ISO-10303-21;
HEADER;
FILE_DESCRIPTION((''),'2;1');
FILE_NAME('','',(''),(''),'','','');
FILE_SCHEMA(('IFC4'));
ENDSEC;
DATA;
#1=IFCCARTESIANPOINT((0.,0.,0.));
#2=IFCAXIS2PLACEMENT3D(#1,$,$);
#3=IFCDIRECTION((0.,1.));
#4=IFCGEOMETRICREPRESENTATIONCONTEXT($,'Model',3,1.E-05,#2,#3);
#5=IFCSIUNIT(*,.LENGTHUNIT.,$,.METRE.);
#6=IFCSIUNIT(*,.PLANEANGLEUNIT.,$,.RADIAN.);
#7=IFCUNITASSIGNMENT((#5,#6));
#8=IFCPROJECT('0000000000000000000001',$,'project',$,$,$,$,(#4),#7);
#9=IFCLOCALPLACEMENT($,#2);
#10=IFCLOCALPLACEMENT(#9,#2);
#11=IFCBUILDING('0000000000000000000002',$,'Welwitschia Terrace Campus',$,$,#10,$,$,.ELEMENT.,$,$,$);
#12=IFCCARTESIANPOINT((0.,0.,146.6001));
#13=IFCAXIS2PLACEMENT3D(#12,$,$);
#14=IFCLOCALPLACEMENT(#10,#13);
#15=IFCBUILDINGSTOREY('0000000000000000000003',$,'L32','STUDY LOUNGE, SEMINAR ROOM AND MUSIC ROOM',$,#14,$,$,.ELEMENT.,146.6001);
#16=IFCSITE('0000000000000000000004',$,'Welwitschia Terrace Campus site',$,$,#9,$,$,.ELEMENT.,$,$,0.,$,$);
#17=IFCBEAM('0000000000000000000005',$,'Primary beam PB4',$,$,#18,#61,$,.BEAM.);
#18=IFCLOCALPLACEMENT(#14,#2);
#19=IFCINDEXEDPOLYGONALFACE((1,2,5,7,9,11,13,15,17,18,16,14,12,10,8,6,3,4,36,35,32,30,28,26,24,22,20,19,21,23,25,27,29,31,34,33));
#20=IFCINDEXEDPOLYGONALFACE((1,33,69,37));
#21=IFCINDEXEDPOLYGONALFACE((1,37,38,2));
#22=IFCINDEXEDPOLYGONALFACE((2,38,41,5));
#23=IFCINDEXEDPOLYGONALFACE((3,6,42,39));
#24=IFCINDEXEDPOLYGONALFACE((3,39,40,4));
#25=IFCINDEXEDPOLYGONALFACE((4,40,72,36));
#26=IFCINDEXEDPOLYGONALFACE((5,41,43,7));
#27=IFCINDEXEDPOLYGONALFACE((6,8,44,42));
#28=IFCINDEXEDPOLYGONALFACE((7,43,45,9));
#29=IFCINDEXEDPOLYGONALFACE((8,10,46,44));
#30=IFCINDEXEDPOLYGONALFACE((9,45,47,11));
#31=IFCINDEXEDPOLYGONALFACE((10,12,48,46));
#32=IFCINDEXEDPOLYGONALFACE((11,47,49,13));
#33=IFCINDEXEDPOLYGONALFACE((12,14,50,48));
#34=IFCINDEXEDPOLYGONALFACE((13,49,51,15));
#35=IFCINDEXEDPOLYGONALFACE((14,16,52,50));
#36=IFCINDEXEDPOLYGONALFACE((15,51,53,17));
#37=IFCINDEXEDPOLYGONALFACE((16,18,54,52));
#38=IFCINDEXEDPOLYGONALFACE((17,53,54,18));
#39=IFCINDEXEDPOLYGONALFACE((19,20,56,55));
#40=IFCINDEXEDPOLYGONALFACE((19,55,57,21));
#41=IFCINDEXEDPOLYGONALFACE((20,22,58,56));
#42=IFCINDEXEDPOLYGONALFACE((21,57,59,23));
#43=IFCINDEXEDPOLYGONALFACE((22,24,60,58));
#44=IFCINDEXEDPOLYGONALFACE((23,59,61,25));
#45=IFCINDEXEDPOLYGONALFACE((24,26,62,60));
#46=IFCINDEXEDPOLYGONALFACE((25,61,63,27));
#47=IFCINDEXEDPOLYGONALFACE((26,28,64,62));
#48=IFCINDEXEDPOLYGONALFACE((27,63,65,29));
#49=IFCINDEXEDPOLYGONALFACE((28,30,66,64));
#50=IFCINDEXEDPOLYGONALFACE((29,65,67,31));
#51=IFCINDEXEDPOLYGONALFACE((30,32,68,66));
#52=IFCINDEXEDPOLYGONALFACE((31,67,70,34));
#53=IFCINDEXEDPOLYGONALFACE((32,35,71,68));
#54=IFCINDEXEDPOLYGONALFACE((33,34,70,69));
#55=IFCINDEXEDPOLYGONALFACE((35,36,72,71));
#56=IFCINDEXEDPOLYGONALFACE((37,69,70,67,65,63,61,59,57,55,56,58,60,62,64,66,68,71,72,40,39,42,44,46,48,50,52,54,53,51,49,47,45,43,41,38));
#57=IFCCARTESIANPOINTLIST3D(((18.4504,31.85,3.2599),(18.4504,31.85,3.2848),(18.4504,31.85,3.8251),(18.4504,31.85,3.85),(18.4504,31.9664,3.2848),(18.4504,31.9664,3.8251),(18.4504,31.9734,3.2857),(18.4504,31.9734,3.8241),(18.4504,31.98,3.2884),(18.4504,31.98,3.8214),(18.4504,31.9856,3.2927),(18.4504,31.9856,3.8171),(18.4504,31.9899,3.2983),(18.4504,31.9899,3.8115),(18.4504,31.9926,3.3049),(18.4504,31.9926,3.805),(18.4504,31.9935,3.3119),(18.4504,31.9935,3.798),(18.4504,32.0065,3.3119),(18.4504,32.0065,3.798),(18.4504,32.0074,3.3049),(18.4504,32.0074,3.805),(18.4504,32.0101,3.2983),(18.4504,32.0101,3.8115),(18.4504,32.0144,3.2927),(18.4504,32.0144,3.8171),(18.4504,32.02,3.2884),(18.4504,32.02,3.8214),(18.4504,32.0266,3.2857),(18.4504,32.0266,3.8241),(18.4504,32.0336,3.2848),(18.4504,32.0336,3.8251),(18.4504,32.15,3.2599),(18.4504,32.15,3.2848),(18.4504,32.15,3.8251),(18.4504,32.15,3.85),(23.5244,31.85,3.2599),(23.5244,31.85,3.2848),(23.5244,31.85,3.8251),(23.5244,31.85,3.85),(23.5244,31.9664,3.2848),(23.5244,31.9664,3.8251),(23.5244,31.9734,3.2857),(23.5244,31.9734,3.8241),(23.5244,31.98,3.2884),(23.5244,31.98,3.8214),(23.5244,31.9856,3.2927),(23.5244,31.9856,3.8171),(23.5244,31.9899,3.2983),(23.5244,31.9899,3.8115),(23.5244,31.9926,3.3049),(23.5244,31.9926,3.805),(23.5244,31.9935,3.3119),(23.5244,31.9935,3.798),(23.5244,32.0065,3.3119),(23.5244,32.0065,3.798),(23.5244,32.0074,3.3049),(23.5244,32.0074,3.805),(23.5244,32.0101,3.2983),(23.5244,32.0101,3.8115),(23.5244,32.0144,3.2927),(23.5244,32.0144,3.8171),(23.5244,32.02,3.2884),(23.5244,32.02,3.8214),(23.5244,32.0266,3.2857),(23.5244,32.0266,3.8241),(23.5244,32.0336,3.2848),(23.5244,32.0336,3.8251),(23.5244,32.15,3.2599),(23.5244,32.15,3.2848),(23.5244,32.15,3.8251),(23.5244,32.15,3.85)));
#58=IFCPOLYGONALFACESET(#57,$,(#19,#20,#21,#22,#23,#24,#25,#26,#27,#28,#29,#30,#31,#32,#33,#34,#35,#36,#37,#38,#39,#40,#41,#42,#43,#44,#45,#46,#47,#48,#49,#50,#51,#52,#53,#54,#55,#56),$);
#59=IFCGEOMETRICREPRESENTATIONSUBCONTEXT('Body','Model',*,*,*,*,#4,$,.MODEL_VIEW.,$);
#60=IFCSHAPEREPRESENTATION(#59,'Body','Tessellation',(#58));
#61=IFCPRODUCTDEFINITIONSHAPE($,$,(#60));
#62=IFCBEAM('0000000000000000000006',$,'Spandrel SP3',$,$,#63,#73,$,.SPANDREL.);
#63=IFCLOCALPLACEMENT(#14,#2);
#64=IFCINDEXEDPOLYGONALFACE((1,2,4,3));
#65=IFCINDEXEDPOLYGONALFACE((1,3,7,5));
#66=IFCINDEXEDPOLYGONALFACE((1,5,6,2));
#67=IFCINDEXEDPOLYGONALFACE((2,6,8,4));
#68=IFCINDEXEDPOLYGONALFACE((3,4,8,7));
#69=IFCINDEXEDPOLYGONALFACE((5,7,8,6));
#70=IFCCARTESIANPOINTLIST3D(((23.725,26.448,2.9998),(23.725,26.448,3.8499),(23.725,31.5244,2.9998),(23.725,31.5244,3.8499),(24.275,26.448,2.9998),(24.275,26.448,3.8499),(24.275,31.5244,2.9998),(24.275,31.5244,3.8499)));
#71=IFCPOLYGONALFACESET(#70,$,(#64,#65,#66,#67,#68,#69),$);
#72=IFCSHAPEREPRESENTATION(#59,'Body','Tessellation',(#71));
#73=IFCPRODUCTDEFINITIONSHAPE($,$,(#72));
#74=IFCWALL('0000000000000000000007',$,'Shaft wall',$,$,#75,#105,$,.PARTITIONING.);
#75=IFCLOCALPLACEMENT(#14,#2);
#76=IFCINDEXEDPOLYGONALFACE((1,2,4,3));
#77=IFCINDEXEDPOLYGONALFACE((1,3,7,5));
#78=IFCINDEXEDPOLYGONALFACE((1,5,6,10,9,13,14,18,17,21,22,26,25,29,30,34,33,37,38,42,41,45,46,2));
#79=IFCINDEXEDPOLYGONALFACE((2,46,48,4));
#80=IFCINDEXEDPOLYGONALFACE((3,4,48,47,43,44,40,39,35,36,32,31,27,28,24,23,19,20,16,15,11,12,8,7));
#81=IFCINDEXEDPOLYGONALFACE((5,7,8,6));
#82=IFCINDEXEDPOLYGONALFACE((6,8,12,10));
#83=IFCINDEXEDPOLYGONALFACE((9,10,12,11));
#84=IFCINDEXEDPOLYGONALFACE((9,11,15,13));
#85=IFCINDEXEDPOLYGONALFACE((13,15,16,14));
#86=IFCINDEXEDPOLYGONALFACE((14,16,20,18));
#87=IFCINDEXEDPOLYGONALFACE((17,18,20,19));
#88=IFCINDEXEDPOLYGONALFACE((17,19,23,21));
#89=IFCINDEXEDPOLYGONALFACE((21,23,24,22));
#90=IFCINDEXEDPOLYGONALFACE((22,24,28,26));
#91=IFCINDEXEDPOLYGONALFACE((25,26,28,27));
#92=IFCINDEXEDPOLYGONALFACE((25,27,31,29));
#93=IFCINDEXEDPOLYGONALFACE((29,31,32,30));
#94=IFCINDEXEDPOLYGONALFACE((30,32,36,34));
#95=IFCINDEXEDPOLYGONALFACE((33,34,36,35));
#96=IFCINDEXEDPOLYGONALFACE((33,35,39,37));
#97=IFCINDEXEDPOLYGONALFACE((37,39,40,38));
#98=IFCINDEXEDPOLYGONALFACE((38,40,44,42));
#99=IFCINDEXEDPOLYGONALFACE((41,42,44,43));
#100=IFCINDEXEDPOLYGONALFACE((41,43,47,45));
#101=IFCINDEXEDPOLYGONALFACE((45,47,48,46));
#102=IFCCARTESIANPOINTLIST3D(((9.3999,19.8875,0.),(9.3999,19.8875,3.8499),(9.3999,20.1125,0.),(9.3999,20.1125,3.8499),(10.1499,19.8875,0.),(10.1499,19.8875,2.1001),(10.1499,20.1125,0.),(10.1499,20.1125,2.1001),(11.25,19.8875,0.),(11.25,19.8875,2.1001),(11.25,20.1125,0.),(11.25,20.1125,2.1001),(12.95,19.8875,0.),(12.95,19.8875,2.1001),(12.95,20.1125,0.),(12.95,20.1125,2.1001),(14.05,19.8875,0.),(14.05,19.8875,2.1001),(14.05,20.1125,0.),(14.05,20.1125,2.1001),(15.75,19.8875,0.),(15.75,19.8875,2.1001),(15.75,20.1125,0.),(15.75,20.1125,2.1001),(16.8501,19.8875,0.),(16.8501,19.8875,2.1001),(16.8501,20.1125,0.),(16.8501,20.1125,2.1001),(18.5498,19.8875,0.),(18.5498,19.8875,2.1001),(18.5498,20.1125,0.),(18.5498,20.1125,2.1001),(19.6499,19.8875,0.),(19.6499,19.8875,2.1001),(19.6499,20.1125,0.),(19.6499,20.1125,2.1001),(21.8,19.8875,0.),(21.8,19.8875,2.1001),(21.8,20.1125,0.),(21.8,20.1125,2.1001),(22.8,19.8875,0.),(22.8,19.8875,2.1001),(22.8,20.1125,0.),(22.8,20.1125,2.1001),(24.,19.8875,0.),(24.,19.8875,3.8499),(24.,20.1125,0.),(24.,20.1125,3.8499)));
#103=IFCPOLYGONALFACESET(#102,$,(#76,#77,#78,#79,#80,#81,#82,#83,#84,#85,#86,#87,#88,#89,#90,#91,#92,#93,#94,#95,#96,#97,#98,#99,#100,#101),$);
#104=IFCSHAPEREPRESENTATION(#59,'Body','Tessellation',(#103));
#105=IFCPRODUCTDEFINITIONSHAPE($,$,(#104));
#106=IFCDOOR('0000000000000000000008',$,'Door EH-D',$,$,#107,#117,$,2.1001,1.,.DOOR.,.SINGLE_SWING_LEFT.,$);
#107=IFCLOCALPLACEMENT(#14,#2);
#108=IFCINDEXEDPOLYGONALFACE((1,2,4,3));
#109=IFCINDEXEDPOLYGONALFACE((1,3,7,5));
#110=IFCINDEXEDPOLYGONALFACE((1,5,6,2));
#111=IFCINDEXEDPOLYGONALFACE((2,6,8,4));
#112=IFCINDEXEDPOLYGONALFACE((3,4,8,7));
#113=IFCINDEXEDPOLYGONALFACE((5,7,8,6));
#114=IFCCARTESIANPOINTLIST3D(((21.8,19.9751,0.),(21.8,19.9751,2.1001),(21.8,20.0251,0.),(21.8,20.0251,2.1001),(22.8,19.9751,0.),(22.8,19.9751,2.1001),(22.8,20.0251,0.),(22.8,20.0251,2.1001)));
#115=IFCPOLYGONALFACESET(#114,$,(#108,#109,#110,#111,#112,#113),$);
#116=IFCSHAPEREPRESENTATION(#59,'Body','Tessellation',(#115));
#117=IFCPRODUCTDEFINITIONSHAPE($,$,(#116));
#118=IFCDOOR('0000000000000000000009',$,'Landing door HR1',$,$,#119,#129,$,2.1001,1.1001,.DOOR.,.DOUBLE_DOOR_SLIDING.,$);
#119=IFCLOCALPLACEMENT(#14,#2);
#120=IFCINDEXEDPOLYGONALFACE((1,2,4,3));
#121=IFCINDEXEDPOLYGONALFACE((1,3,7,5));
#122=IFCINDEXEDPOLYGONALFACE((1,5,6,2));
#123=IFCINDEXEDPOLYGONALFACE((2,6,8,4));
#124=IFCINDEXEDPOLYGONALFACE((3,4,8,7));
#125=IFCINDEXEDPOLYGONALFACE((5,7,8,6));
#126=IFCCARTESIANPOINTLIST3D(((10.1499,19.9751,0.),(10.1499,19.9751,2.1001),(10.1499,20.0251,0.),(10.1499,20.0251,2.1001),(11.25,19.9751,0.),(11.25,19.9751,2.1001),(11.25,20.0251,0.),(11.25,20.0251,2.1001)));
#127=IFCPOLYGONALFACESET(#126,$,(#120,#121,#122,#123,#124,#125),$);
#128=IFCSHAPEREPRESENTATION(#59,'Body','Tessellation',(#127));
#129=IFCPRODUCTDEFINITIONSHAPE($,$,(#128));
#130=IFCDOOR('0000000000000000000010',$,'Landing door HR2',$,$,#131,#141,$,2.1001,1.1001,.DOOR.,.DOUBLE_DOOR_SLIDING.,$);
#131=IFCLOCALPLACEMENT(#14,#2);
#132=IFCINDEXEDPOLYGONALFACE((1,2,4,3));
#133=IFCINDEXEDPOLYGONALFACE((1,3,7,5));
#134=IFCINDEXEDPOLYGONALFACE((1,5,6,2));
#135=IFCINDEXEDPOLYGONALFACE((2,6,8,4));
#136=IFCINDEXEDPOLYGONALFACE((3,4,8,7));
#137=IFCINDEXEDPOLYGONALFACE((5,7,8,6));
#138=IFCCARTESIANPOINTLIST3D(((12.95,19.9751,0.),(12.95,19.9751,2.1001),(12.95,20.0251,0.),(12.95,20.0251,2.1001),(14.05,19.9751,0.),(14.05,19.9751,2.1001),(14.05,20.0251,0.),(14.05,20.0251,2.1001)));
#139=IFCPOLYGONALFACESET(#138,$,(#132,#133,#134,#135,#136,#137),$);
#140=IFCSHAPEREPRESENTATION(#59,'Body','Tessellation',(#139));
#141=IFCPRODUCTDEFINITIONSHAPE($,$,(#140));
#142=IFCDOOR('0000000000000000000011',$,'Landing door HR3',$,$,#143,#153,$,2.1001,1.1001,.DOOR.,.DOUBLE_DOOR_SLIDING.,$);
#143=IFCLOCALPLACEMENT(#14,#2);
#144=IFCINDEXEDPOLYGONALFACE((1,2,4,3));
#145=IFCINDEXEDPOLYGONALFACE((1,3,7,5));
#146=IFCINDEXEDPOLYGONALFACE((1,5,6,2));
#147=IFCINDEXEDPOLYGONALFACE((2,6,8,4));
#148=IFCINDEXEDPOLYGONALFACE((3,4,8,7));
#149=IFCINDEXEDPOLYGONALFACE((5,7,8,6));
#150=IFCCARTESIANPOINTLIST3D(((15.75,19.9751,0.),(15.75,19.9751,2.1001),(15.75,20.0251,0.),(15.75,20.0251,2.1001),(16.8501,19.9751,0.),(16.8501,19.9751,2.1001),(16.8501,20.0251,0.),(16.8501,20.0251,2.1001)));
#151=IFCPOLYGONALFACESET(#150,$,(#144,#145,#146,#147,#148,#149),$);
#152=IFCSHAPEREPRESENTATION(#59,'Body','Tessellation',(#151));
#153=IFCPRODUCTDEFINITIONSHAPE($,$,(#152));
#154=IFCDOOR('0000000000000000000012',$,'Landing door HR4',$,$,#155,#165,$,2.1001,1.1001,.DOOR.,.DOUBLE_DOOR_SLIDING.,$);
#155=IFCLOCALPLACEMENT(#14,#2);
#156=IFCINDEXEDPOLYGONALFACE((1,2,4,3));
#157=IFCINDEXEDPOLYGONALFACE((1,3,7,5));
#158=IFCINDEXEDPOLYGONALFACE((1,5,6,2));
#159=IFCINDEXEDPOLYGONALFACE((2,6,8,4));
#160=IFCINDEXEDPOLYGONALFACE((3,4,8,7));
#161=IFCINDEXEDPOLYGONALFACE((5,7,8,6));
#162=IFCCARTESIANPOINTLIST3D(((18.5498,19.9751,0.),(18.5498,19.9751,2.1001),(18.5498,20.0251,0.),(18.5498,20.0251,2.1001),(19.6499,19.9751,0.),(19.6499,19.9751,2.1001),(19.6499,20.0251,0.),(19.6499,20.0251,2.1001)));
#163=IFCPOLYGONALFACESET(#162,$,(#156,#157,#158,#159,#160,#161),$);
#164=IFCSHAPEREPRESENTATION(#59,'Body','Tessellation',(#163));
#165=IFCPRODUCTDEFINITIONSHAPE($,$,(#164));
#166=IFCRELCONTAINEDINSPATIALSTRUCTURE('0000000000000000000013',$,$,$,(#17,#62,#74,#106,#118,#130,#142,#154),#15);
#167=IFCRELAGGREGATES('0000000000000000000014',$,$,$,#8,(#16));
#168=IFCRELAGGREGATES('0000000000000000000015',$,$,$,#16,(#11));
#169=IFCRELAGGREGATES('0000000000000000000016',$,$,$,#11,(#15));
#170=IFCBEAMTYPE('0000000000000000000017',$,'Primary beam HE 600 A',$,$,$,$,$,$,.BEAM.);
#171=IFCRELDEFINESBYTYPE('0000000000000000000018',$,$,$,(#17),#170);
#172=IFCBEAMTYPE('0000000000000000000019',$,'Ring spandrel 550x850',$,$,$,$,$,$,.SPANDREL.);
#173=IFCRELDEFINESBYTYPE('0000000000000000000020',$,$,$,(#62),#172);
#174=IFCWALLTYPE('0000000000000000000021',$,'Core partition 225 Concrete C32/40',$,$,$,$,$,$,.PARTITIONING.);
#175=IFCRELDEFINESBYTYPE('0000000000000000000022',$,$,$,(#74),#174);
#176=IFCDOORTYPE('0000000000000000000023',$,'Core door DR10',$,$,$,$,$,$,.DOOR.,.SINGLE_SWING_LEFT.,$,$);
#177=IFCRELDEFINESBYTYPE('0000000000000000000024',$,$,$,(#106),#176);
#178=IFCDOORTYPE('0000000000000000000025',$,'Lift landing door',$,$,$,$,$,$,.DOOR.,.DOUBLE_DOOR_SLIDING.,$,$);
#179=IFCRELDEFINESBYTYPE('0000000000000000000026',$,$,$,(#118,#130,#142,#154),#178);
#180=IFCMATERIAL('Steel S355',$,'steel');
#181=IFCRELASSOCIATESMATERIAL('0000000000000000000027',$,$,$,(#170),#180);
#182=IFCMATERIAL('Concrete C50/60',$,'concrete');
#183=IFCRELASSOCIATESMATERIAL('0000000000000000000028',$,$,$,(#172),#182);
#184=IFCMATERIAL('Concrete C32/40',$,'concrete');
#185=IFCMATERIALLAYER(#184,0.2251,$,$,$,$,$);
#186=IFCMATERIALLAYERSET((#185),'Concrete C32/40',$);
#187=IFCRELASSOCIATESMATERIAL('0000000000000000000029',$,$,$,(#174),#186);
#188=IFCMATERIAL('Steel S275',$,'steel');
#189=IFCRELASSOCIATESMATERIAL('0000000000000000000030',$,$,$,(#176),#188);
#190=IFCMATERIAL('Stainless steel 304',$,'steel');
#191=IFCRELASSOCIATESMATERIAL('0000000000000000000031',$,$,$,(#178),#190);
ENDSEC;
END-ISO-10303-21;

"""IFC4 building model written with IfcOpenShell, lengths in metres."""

from ifc_helpers import new_model, si_unit, direction, frame, frame_2d, origin, origin_2d, place, context, subcontext, project, spatial, rectangle, i_section, extrude, material, layer, layer_set, material_profile, profile_set, type_object, element, fill, save


model = new_model("IFC4")

# Units and contexts
model_context = context("Model", 3, precision=1e-05, world=origin(), true_north=direction((0.0, 1.0)))
body_context = subcontext(model_context, "Body", "Model", "MODEL_VIEW")
ifc_project = project(units=[si_unit("LENGTHUNIT", "METRE"), si_unit("PLANEANGLEUNIT", "RADIAN")], contexts=[model_context])

# Site, building, storey
site_placement = place(None, origin())
site = spatial("IfcSite", under=ifc_project, at=site_placement, Name="Welwitschia Terrace Campus site", CompositionType="ELEMENT", RefElevation=0.0)
building_placement = place(site_placement, origin())
building = spatial("IfcBuilding", under=site, at=building_placement, Name="Welwitschia Terrace Campus", CompositionType="ELEMENT")
storey_placement = place(building_placement, frame((0.0, 0.0, 146.6001)))
storey = spatial("IfcBuildingStorey", under=building, at=storey_placement, Name="L32", Description="STUDY LOUNGE, SEMINAR ROOM AND MUSIC ROOM", CompositionType="ELEMENT", Elevation=146.6001)

# Beams
ifc_material_1 = material(Name="Steel S355", Category="steel")
ifc_material_profile_1 = material_profile(ifc_material_1, i_section(OverallWidth=0.3, OverallDepth=0.5901, WebThickness=0.0129, FlangeThickness=0.0249, FilletRadius=0.0271, at=origin_2d()))
ifc_profile_set_1 = profile_set([ifc_material_profile_1], Name="Steel S355")
beam_type_1 = type_object("IfcBeamType", Name="Primary beam HE 600 A", PredefinedType="BEAM", material=ifc_profile_set_1)
beam_1_placement = place(storey_placement, frame((23.5244, 32.0, 3.5549), z_axis=(-1.0, 0.0, 0.0), x_axis=(0.0, -1.0, 0.0)))
element("IfcBeam", 1, at=beam_1_placement, inside=storey, type_object=beam_type_1, Name="Primary beam PB4", PredefinedType="BEAM", context=body_context, shape_type="SweptSolid", body=[
    extrude(i_section(OverallWidth=0.3, OverallDepth=0.5901, WebThickness=0.0129, FlangeThickness=0.0249, FilletRadius=0.0271, at=origin_2d()), origin(), (0.0, 0.0, 1.0), 5.074),
])
ifc_material_2 = material(Name="Concrete C50/60", Category="concrete")
ifc_material_profile_2 = material_profile(ifc_material_2, rectangle(XDim=0.55, YDim=0.8501, at=origin_2d()))
ifc_profile_set_2 = profile_set([ifc_material_profile_2], Name="Concrete C50/60")
beam_type_2 = type_object("IfcBeamType", Name="Ring spandrel 550x850", PredefinedType="SPANDREL", material=ifc_profile_set_2)
beam_2_placement = place(storey_placement, frame((24.0, 26.448, 3.4248), z_axis=(0.0, 1.0, 0.0), x_axis=(-1.0, 0.0, 0.0)))
element("IfcBeam", 2, at=beam_2_placement, inside=storey, type_object=beam_type_2, Name="Spandrel SP3", PredefinedType="SPANDREL", context=body_context, shape_type="SweptSolid", body=[
    extrude(rectangle(XDim=0.55, YDim=0.8501, at=origin_2d()), origin(), (0.0, 0.0, 1.0), 5.0764),
])

# Wall, openings, doors
ifc_material_3 = material(Name="Concrete C32/40", Category="concrete")
ifc_layer_1 = layer(ifc_material_3, 0.2251)
ifc_layer_set_1 = layer_set([ifc_layer_1], Name="Concrete C32/40")
wall_type_1 = type_object("IfcWallType", Name="Core partition 225 Concrete C32/40", PredefinedType="PARTITIONING", material=ifc_layer_set_1)
wall_1_placement = place(storey_placement, frame((24.0, 20.0, 0.0), z_axis=(0.0, 0.0, 1.0), x_axis=(-1.0, 0.0, 0.0)))
wall_1 = element("IfcWall", 3, at=wall_1_placement, inside=storey, type_object=wall_type_1, Name="Shaft wall", PredefinedType="PARTITIONING", context=body_context, shape_type="SweptSolid", body=[
    extrude(rectangle(XDim=14.6001, YDim=0.2251, at=frame_2d((7.3, 0.0))), origin(), (0.0, 0.0, 1.0), 3.8499),
])
opening_1_placement = place(wall_1_placement, frame((12.75, 0.0, 0.0)))
opening_1 = element("IfcOpeningElement", 4, at=opening_1_placement, cuts=wall_1, PredefinedType="OPENING", context=body_context, shape_type="SweptSolid", body=[
    extrude(rectangle(XDim=1.1001, YDim=2.1001, at=frame_2d((0.55, 1.05))), frame((0.0, 0.1226, 0.0), z_axis=(0.0, -1.0, 0.0), x_axis=(1.0, 0.0, 0.0)), (0.0, 0.0, 1.0), 0.2451),
])
opening_2_placement = place(wall_1_placement, frame((9.95, 0.0, 0.0)))
opening_2 = element("IfcOpeningElement", 5, at=opening_2_placement, cuts=wall_1, PredefinedType="OPENING", context=body_context, shape_type="SweptSolid", body=[
    extrude(rectangle(XDim=1.1001, YDim=2.1001, at=frame_2d((0.55, 1.05))), frame((0.0, 0.1226, 0.0), z_axis=(0.0, -1.0, 0.0), x_axis=(1.0, 0.0, 0.0)), (0.0, 0.0, 1.0), 0.2451),
])
opening_3_placement = place(wall_1_placement, frame((7.1499, 0.0, 0.0)))
opening_3 = element("IfcOpeningElement", 6, at=opening_3_placement, cuts=wall_1, PredefinedType="OPENING", context=body_context, shape_type="SweptSolid", body=[
    extrude(rectangle(XDim=1.1001, YDim=2.1001, at=frame_2d((0.55, 1.05))), frame((0.0, 0.1226, 0.0), z_axis=(0.0, -1.0, 0.0), x_axis=(1.0, 0.0, 0.0)), (0.0, 0.0, 1.0), 0.2451),
])
opening_4_placement = place(wall_1_placement, frame((4.3501, 0.0, 0.0)))
opening_4 = element("IfcOpeningElement", 7, at=opening_4_placement, cuts=wall_1, PredefinedType="OPENING", context=body_context, shape_type="SweptSolid", body=[
    extrude(rectangle(XDim=1.1001, YDim=2.1001, at=frame_2d((0.55, 1.05))), frame((0.0, 0.1226, 0.0), z_axis=(0.0, -1.0, 0.0), x_axis=(1.0, 0.0, 0.0)), (0.0, 0.0, 1.0), 0.2451),
])
opening_5_placement = place(wall_1_placement, frame((1.2, 0.0, 0.0)))
opening_5 = element("IfcOpeningElement", 8, at=opening_5_placement, cuts=wall_1, PredefinedType="OPENING", context=body_context, shape_type="SweptSolid", body=[
    extrude(rectangle(XDim=1.0, YDim=2.1001, at=frame_2d((0.5, 1.05))), frame((0.0, 0.1226, 0.0), z_axis=(0.0, -1.0, 0.0), x_axis=(1.0, 0.0, 0.0)), (0.0, 0.0, 1.0), 0.2451),
])
ifc_material_4 = material(Name="Steel S275", Category="steel")
door_type_1 = type_object("IfcDoorType", Name="Core door DR10", OperationType="SINGLE_SWING_LEFT", PredefinedType="DOOR", material=ifc_material_4)
door_1_placement = place(opening_5_placement, origin())
door_1 = element("IfcDoor", 9, at=door_1_placement, inside=storey, type_object=door_type_1, Name="Door EH-D", OperationType="SINGLE_SWING_LEFT", OverallHeight=2.1001, OverallWidth=1.0, PredefinedType="DOOR", context=body_context, shape_type="SweptSolid", body=[
    extrude(rectangle(XDim=1.0, YDim=2.1001, at=frame_2d((0.5, 1.05))), frame((0.0, 0.0249, 0.0), z_axis=(0.0, -1.0, 0.0), x_axis=(1.0, 0.0, 0.0)), (0.0, 0.0, 1.0), 0.05),
])
fill(opening_5, door_1)
ifc_material_5 = material(Name="Stainless steel 304", Category="steel")
door_type_2 = type_object("IfcDoorType", Name="Lift landing door", OperationType="DOUBLE_DOOR_SLIDING", PredefinedType="DOOR", material=ifc_material_5)
door_2_placement = place(opening_1_placement, origin())
door_2 = element("IfcDoor", 10, at=door_2_placement, inside=storey, type_object=door_type_2, Name="Landing door HR1", OperationType="DOUBLE_DOOR_SLIDING", OverallHeight=2.1001, OverallWidth=1.1001, PredefinedType="DOOR", context=body_context, shape_type="SweptSolid", body=[
    extrude(rectangle(XDim=1.1001, YDim=2.1001, at=frame_2d((0.55, 1.05))), frame((0.0, 0.0249, 0.0), z_axis=(0.0, -1.0, 0.0), x_axis=(1.0, 0.0, 0.0)), (0.0, 0.0, 1.0), 0.05),
])
fill(opening_1, door_2)
door_3_placement = place(opening_2_placement, origin())
door_3 = element("IfcDoor", 11, at=door_3_placement, inside=storey, type_object=door_type_2, Name="Landing door HR2", OperationType="DOUBLE_DOOR_SLIDING", OverallHeight=2.1001, OverallWidth=1.1001, PredefinedType="DOOR", context=body_context, shape_type="SweptSolid", body=[
    extrude(rectangle(XDim=1.1001, YDim=2.1001, at=frame_2d((0.55, 1.05))), frame((0.0, 0.0249, 0.0), z_axis=(0.0, -1.0, 0.0), x_axis=(1.0, 0.0, 0.0)), (0.0, 0.0, 1.0), 0.05),
])
fill(opening_2, door_3)
door_4_placement = place(opening_3_placement, origin())
door_4 = element("IfcDoor", 12, at=door_4_placement, inside=storey, type_object=door_type_2, Name="Landing door HR3", OperationType="DOUBLE_DOOR_SLIDING", OverallHeight=2.1001, OverallWidth=1.1001, PredefinedType="DOOR", context=body_context, shape_type="SweptSolid", body=[
    extrude(rectangle(XDim=1.1001, YDim=2.1001, at=frame_2d((0.55, 1.05))), frame((0.0, 0.0249, 0.0), z_axis=(0.0, -1.0, 0.0), x_axis=(1.0, 0.0, 0.0)), (0.0, 0.0, 1.0), 0.05),
])
fill(opening_3, door_4)
door_5_placement = place(opening_4_placement, origin())
door_5 = element("IfcDoor", 13, at=door_5_placement, inside=storey, type_object=door_type_2, Name="Landing door HR4", OperationType="DOUBLE_DOOR_SLIDING", OverallHeight=2.1001, OverallWidth=1.1001, PredefinedType="DOOR", context=body_context, shape_type="SweptSolid", body=[
    extrude(rectangle(XDim=1.1001, YDim=2.1001, at=frame_2d((0.55, 1.05))), frame((0.0, 0.0249, 0.0), z_axis=(0.0, -1.0, 0.0), x_axis=(1.0, 0.0, 0.0)), (0.0, 0.0, 1.0), 0.05),
])
fill(opening_4, door_5)

save(model, "model.ifc")
